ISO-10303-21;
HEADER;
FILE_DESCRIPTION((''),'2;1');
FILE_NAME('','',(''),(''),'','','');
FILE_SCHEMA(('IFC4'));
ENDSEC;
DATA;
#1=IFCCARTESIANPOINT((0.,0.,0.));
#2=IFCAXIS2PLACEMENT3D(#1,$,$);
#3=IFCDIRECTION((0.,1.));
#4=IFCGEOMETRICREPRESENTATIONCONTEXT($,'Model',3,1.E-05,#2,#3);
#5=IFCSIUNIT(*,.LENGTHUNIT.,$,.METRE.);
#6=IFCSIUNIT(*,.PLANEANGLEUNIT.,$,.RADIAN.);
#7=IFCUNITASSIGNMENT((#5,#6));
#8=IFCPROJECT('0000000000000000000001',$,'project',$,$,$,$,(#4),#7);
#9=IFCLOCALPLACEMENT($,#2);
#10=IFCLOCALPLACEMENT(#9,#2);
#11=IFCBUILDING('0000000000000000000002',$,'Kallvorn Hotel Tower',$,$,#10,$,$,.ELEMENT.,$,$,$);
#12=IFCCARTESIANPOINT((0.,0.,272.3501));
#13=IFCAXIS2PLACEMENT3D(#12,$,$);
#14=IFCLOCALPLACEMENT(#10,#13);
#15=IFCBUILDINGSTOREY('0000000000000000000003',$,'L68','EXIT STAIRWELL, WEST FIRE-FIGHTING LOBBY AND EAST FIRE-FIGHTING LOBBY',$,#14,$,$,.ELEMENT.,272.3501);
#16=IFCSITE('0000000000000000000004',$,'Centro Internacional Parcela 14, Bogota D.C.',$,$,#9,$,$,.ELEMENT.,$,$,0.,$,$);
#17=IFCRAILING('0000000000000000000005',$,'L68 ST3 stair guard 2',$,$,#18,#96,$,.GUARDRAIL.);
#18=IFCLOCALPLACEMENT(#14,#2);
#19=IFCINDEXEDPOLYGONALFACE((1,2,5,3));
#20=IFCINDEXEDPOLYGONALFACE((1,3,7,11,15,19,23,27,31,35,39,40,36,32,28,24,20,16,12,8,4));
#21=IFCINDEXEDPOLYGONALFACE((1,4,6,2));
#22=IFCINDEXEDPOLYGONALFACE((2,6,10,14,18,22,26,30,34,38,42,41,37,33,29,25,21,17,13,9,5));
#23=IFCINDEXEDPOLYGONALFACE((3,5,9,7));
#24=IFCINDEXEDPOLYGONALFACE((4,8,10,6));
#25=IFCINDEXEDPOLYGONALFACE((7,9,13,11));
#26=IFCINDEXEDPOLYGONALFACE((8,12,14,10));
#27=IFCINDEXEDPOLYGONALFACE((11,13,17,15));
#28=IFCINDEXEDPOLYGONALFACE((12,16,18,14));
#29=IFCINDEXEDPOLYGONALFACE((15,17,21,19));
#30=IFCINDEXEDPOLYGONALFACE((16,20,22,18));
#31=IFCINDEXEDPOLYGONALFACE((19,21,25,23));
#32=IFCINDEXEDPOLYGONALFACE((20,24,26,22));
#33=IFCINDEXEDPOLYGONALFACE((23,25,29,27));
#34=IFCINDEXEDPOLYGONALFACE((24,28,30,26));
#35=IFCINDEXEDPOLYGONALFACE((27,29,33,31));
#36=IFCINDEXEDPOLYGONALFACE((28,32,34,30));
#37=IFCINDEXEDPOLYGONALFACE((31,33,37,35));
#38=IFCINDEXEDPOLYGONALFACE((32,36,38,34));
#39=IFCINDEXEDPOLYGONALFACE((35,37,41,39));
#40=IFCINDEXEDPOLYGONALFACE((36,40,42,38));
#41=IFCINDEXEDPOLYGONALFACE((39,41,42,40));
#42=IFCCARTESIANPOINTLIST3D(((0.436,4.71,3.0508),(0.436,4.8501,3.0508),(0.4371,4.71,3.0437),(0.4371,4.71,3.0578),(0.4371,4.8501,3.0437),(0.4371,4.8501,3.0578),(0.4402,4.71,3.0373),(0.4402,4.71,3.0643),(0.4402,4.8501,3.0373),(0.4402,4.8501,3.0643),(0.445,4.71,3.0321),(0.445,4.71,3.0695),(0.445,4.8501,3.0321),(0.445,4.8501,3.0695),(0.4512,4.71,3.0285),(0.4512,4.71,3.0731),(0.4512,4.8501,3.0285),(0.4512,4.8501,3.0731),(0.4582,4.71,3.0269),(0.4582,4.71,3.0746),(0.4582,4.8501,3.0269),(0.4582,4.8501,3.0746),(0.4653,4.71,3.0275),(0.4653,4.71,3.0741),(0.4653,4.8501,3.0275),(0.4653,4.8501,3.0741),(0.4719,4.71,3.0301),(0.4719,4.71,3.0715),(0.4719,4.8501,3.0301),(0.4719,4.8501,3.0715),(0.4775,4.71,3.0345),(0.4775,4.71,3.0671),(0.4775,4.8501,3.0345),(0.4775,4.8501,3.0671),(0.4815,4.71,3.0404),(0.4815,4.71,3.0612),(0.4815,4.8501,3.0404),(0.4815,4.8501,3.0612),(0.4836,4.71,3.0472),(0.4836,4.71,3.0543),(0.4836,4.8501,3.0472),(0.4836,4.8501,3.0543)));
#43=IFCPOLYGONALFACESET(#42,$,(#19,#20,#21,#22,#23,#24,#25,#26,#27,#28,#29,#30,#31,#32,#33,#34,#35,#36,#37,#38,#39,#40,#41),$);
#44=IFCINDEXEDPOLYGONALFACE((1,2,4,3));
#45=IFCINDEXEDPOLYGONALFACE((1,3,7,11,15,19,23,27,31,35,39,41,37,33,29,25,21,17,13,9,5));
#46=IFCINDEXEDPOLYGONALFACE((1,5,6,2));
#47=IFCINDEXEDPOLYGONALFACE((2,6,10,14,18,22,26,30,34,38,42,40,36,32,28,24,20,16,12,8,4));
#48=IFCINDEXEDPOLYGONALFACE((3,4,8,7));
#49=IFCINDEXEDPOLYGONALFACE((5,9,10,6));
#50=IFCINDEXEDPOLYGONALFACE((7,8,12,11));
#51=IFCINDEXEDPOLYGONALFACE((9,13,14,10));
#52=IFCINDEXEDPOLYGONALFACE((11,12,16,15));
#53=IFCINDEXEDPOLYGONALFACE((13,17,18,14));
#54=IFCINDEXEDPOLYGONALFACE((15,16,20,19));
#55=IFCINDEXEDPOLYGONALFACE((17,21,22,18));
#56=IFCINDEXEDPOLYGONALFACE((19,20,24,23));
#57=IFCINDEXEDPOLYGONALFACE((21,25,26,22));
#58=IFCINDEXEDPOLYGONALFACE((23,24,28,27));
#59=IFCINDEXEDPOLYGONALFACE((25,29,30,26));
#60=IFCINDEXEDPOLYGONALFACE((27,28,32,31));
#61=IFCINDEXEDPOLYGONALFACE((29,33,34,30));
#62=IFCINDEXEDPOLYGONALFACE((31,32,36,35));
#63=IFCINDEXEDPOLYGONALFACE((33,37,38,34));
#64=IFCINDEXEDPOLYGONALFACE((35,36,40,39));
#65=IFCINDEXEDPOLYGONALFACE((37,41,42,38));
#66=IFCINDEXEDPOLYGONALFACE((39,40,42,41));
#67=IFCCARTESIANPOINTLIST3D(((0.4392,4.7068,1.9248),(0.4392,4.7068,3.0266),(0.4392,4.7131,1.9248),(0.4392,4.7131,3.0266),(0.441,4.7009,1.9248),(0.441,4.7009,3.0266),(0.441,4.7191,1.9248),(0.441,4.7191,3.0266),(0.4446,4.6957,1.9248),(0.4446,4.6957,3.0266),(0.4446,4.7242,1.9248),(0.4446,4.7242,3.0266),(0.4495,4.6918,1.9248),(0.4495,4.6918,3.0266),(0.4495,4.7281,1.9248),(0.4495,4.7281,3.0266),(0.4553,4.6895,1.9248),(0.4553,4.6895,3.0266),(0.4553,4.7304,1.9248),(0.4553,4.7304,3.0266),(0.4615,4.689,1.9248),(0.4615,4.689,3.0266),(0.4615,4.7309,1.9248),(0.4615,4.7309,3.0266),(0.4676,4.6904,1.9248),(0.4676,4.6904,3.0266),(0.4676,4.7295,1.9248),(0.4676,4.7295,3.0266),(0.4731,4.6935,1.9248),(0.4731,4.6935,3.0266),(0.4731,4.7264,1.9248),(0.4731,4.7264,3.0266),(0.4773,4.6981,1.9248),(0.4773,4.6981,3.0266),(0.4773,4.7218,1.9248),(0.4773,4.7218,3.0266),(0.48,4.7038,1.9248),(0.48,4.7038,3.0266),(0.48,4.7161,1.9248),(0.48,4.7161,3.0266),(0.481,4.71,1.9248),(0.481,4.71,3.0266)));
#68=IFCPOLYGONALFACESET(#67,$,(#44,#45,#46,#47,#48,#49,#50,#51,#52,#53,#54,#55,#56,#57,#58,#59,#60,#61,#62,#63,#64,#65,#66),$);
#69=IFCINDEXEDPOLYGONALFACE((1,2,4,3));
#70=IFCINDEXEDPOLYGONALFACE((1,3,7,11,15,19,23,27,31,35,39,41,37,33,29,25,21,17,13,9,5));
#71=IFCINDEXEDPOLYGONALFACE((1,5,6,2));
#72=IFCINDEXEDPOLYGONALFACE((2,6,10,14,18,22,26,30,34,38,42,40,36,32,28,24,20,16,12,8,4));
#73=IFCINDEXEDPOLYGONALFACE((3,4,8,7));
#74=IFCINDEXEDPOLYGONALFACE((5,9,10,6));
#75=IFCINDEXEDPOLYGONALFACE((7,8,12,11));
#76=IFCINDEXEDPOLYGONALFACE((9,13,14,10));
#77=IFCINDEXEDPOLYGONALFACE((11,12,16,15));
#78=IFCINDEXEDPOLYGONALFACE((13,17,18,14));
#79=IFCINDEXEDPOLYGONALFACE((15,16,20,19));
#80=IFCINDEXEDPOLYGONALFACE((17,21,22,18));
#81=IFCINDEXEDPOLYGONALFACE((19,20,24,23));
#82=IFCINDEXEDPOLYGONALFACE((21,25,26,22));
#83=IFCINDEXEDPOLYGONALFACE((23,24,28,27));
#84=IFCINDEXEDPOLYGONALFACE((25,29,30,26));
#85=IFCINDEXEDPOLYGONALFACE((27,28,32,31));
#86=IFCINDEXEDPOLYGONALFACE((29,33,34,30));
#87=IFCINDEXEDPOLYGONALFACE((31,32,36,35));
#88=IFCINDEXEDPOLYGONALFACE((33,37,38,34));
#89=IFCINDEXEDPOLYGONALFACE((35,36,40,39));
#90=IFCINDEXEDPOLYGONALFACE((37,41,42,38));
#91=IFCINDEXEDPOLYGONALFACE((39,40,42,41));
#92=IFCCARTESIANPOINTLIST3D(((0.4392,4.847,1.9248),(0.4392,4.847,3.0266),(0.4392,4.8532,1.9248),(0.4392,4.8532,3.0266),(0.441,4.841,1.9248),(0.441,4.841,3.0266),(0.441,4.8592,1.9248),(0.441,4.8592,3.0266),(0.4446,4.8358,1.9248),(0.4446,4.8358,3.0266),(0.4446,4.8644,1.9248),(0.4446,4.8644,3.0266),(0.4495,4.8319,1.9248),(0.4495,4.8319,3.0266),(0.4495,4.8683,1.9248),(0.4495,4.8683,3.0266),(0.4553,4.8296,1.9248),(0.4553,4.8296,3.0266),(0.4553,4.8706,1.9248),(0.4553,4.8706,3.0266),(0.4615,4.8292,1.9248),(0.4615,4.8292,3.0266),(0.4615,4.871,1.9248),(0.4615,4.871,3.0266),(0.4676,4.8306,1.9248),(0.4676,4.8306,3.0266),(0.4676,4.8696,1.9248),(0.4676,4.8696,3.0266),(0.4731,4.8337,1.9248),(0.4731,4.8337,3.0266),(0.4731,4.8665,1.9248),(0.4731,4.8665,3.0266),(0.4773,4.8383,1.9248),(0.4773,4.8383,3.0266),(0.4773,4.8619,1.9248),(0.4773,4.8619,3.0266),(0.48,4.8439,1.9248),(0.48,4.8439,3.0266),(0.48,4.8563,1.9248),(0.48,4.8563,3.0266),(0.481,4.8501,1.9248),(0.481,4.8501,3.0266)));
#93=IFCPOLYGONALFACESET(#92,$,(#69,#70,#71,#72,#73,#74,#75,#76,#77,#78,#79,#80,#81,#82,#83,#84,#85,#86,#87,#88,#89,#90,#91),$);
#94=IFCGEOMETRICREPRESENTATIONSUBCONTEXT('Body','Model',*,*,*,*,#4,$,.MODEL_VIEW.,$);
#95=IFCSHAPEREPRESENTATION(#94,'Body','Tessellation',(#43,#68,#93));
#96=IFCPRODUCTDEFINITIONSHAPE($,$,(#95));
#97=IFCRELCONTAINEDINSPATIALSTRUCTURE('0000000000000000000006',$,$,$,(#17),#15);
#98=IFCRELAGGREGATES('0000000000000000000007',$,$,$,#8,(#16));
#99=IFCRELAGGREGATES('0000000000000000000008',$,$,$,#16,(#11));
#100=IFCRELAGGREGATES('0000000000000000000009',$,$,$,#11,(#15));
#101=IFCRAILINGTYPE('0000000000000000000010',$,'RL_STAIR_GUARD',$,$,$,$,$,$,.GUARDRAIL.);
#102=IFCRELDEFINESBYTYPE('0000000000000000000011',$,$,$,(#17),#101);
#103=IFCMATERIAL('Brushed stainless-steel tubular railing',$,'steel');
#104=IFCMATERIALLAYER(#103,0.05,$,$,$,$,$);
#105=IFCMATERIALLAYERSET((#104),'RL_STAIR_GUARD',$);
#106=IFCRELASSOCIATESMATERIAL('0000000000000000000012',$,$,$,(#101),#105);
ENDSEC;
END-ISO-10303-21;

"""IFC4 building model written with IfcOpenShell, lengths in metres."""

from ifc_helpers import new_model, si_unit, direction, frame, origin, origin_2d, place, context, subcontext, project, spatial, circle, extrude, material, layer, layer_set, type_object, element, save


model = new_model("IFC4")

# Units and contexts
model_context = context("Model", 3, precision=1e-05, world=origin(), true_north=direction((0.0, 1.0)))
body_context = subcontext(model_context, "Body", "Model", "MODEL_VIEW")
ifc_project = project(units=[si_unit("LENGTHUNIT", "METRE"), si_unit("PLANEANGLEUNIT", "RADIAN")], contexts=[model_context])

# Site, building, storey
site_placement = place(None, origin())
site = spatial("IfcSite", under=ifc_project, at=site_placement, Name="Centro Internacional Parcela 14, Bogota D.C.", CompositionType="ELEMENT", RefElevation=0.0)
building_placement = place(site_placement, origin())
building = spatial("IfcBuilding", under=site, at=building_placement, Name="Kallvorn Hotel Tower", CompositionType="ELEMENT")
storey_placement = place(building_placement, frame((0.0, 0.0, 272.3501)))
storey = spatial("IfcBuildingStorey", under=building, at=storey_placement, Name="L68", Description="EXIT STAIRWELL, WEST FIRE-FIGHTING LOBBY AND EAST FIRE-FIGHTING LOBBY", CompositionType="ELEMENT", Elevation=272.3501)

# Railing
ifc_material_1 = material(Name="Brushed stainless-steel tubular railing", Category="steel")
ifc_layer_1 = layer(ifc_material_1, 0.05)
ifc_layer_set_1 = layer_set([ifc_layer_1], Name="RL_STAIR_GUARD")
railing_type_1 = type_object("IfcRailingType", Name="RL_STAIR_GUARD", PredefinedType="GUARDRAIL", material=ifc_layer_set_1)
railing_1_placement = place(storey_placement, frame((0.46, 4.71, 1.9248)))
element("IfcRailing", 1, at=railing_1_placement, inside=storey, type_object=railing_type_1, Name="L68 ST3 stair guard 2", PredefinedType="GUARDRAIL", context=body_context, shape_type="SweptSolid", body=[
    extrude(circle(Radius=0.0239, at=origin_2d()), frame((0.0, 0.0, 1.126), z_axis=(0.0, 1.0, 0.0), x_axis=(-1.0, 0.0, 0.0)), (0.0, 0.0, 1.0), 0.1401),
    extrude(circle(Radius=0.021, at=origin_2d()), origin(), (0.0, 0.0, 1.0), 1.1018),
    extrude(circle(Radius=0.021, at=origin_2d()), frame((0.0, 0.1401, 0.0)), (0.0, 0.0, 1.0), 1.1018),
])

save(model, "model.ifc")
